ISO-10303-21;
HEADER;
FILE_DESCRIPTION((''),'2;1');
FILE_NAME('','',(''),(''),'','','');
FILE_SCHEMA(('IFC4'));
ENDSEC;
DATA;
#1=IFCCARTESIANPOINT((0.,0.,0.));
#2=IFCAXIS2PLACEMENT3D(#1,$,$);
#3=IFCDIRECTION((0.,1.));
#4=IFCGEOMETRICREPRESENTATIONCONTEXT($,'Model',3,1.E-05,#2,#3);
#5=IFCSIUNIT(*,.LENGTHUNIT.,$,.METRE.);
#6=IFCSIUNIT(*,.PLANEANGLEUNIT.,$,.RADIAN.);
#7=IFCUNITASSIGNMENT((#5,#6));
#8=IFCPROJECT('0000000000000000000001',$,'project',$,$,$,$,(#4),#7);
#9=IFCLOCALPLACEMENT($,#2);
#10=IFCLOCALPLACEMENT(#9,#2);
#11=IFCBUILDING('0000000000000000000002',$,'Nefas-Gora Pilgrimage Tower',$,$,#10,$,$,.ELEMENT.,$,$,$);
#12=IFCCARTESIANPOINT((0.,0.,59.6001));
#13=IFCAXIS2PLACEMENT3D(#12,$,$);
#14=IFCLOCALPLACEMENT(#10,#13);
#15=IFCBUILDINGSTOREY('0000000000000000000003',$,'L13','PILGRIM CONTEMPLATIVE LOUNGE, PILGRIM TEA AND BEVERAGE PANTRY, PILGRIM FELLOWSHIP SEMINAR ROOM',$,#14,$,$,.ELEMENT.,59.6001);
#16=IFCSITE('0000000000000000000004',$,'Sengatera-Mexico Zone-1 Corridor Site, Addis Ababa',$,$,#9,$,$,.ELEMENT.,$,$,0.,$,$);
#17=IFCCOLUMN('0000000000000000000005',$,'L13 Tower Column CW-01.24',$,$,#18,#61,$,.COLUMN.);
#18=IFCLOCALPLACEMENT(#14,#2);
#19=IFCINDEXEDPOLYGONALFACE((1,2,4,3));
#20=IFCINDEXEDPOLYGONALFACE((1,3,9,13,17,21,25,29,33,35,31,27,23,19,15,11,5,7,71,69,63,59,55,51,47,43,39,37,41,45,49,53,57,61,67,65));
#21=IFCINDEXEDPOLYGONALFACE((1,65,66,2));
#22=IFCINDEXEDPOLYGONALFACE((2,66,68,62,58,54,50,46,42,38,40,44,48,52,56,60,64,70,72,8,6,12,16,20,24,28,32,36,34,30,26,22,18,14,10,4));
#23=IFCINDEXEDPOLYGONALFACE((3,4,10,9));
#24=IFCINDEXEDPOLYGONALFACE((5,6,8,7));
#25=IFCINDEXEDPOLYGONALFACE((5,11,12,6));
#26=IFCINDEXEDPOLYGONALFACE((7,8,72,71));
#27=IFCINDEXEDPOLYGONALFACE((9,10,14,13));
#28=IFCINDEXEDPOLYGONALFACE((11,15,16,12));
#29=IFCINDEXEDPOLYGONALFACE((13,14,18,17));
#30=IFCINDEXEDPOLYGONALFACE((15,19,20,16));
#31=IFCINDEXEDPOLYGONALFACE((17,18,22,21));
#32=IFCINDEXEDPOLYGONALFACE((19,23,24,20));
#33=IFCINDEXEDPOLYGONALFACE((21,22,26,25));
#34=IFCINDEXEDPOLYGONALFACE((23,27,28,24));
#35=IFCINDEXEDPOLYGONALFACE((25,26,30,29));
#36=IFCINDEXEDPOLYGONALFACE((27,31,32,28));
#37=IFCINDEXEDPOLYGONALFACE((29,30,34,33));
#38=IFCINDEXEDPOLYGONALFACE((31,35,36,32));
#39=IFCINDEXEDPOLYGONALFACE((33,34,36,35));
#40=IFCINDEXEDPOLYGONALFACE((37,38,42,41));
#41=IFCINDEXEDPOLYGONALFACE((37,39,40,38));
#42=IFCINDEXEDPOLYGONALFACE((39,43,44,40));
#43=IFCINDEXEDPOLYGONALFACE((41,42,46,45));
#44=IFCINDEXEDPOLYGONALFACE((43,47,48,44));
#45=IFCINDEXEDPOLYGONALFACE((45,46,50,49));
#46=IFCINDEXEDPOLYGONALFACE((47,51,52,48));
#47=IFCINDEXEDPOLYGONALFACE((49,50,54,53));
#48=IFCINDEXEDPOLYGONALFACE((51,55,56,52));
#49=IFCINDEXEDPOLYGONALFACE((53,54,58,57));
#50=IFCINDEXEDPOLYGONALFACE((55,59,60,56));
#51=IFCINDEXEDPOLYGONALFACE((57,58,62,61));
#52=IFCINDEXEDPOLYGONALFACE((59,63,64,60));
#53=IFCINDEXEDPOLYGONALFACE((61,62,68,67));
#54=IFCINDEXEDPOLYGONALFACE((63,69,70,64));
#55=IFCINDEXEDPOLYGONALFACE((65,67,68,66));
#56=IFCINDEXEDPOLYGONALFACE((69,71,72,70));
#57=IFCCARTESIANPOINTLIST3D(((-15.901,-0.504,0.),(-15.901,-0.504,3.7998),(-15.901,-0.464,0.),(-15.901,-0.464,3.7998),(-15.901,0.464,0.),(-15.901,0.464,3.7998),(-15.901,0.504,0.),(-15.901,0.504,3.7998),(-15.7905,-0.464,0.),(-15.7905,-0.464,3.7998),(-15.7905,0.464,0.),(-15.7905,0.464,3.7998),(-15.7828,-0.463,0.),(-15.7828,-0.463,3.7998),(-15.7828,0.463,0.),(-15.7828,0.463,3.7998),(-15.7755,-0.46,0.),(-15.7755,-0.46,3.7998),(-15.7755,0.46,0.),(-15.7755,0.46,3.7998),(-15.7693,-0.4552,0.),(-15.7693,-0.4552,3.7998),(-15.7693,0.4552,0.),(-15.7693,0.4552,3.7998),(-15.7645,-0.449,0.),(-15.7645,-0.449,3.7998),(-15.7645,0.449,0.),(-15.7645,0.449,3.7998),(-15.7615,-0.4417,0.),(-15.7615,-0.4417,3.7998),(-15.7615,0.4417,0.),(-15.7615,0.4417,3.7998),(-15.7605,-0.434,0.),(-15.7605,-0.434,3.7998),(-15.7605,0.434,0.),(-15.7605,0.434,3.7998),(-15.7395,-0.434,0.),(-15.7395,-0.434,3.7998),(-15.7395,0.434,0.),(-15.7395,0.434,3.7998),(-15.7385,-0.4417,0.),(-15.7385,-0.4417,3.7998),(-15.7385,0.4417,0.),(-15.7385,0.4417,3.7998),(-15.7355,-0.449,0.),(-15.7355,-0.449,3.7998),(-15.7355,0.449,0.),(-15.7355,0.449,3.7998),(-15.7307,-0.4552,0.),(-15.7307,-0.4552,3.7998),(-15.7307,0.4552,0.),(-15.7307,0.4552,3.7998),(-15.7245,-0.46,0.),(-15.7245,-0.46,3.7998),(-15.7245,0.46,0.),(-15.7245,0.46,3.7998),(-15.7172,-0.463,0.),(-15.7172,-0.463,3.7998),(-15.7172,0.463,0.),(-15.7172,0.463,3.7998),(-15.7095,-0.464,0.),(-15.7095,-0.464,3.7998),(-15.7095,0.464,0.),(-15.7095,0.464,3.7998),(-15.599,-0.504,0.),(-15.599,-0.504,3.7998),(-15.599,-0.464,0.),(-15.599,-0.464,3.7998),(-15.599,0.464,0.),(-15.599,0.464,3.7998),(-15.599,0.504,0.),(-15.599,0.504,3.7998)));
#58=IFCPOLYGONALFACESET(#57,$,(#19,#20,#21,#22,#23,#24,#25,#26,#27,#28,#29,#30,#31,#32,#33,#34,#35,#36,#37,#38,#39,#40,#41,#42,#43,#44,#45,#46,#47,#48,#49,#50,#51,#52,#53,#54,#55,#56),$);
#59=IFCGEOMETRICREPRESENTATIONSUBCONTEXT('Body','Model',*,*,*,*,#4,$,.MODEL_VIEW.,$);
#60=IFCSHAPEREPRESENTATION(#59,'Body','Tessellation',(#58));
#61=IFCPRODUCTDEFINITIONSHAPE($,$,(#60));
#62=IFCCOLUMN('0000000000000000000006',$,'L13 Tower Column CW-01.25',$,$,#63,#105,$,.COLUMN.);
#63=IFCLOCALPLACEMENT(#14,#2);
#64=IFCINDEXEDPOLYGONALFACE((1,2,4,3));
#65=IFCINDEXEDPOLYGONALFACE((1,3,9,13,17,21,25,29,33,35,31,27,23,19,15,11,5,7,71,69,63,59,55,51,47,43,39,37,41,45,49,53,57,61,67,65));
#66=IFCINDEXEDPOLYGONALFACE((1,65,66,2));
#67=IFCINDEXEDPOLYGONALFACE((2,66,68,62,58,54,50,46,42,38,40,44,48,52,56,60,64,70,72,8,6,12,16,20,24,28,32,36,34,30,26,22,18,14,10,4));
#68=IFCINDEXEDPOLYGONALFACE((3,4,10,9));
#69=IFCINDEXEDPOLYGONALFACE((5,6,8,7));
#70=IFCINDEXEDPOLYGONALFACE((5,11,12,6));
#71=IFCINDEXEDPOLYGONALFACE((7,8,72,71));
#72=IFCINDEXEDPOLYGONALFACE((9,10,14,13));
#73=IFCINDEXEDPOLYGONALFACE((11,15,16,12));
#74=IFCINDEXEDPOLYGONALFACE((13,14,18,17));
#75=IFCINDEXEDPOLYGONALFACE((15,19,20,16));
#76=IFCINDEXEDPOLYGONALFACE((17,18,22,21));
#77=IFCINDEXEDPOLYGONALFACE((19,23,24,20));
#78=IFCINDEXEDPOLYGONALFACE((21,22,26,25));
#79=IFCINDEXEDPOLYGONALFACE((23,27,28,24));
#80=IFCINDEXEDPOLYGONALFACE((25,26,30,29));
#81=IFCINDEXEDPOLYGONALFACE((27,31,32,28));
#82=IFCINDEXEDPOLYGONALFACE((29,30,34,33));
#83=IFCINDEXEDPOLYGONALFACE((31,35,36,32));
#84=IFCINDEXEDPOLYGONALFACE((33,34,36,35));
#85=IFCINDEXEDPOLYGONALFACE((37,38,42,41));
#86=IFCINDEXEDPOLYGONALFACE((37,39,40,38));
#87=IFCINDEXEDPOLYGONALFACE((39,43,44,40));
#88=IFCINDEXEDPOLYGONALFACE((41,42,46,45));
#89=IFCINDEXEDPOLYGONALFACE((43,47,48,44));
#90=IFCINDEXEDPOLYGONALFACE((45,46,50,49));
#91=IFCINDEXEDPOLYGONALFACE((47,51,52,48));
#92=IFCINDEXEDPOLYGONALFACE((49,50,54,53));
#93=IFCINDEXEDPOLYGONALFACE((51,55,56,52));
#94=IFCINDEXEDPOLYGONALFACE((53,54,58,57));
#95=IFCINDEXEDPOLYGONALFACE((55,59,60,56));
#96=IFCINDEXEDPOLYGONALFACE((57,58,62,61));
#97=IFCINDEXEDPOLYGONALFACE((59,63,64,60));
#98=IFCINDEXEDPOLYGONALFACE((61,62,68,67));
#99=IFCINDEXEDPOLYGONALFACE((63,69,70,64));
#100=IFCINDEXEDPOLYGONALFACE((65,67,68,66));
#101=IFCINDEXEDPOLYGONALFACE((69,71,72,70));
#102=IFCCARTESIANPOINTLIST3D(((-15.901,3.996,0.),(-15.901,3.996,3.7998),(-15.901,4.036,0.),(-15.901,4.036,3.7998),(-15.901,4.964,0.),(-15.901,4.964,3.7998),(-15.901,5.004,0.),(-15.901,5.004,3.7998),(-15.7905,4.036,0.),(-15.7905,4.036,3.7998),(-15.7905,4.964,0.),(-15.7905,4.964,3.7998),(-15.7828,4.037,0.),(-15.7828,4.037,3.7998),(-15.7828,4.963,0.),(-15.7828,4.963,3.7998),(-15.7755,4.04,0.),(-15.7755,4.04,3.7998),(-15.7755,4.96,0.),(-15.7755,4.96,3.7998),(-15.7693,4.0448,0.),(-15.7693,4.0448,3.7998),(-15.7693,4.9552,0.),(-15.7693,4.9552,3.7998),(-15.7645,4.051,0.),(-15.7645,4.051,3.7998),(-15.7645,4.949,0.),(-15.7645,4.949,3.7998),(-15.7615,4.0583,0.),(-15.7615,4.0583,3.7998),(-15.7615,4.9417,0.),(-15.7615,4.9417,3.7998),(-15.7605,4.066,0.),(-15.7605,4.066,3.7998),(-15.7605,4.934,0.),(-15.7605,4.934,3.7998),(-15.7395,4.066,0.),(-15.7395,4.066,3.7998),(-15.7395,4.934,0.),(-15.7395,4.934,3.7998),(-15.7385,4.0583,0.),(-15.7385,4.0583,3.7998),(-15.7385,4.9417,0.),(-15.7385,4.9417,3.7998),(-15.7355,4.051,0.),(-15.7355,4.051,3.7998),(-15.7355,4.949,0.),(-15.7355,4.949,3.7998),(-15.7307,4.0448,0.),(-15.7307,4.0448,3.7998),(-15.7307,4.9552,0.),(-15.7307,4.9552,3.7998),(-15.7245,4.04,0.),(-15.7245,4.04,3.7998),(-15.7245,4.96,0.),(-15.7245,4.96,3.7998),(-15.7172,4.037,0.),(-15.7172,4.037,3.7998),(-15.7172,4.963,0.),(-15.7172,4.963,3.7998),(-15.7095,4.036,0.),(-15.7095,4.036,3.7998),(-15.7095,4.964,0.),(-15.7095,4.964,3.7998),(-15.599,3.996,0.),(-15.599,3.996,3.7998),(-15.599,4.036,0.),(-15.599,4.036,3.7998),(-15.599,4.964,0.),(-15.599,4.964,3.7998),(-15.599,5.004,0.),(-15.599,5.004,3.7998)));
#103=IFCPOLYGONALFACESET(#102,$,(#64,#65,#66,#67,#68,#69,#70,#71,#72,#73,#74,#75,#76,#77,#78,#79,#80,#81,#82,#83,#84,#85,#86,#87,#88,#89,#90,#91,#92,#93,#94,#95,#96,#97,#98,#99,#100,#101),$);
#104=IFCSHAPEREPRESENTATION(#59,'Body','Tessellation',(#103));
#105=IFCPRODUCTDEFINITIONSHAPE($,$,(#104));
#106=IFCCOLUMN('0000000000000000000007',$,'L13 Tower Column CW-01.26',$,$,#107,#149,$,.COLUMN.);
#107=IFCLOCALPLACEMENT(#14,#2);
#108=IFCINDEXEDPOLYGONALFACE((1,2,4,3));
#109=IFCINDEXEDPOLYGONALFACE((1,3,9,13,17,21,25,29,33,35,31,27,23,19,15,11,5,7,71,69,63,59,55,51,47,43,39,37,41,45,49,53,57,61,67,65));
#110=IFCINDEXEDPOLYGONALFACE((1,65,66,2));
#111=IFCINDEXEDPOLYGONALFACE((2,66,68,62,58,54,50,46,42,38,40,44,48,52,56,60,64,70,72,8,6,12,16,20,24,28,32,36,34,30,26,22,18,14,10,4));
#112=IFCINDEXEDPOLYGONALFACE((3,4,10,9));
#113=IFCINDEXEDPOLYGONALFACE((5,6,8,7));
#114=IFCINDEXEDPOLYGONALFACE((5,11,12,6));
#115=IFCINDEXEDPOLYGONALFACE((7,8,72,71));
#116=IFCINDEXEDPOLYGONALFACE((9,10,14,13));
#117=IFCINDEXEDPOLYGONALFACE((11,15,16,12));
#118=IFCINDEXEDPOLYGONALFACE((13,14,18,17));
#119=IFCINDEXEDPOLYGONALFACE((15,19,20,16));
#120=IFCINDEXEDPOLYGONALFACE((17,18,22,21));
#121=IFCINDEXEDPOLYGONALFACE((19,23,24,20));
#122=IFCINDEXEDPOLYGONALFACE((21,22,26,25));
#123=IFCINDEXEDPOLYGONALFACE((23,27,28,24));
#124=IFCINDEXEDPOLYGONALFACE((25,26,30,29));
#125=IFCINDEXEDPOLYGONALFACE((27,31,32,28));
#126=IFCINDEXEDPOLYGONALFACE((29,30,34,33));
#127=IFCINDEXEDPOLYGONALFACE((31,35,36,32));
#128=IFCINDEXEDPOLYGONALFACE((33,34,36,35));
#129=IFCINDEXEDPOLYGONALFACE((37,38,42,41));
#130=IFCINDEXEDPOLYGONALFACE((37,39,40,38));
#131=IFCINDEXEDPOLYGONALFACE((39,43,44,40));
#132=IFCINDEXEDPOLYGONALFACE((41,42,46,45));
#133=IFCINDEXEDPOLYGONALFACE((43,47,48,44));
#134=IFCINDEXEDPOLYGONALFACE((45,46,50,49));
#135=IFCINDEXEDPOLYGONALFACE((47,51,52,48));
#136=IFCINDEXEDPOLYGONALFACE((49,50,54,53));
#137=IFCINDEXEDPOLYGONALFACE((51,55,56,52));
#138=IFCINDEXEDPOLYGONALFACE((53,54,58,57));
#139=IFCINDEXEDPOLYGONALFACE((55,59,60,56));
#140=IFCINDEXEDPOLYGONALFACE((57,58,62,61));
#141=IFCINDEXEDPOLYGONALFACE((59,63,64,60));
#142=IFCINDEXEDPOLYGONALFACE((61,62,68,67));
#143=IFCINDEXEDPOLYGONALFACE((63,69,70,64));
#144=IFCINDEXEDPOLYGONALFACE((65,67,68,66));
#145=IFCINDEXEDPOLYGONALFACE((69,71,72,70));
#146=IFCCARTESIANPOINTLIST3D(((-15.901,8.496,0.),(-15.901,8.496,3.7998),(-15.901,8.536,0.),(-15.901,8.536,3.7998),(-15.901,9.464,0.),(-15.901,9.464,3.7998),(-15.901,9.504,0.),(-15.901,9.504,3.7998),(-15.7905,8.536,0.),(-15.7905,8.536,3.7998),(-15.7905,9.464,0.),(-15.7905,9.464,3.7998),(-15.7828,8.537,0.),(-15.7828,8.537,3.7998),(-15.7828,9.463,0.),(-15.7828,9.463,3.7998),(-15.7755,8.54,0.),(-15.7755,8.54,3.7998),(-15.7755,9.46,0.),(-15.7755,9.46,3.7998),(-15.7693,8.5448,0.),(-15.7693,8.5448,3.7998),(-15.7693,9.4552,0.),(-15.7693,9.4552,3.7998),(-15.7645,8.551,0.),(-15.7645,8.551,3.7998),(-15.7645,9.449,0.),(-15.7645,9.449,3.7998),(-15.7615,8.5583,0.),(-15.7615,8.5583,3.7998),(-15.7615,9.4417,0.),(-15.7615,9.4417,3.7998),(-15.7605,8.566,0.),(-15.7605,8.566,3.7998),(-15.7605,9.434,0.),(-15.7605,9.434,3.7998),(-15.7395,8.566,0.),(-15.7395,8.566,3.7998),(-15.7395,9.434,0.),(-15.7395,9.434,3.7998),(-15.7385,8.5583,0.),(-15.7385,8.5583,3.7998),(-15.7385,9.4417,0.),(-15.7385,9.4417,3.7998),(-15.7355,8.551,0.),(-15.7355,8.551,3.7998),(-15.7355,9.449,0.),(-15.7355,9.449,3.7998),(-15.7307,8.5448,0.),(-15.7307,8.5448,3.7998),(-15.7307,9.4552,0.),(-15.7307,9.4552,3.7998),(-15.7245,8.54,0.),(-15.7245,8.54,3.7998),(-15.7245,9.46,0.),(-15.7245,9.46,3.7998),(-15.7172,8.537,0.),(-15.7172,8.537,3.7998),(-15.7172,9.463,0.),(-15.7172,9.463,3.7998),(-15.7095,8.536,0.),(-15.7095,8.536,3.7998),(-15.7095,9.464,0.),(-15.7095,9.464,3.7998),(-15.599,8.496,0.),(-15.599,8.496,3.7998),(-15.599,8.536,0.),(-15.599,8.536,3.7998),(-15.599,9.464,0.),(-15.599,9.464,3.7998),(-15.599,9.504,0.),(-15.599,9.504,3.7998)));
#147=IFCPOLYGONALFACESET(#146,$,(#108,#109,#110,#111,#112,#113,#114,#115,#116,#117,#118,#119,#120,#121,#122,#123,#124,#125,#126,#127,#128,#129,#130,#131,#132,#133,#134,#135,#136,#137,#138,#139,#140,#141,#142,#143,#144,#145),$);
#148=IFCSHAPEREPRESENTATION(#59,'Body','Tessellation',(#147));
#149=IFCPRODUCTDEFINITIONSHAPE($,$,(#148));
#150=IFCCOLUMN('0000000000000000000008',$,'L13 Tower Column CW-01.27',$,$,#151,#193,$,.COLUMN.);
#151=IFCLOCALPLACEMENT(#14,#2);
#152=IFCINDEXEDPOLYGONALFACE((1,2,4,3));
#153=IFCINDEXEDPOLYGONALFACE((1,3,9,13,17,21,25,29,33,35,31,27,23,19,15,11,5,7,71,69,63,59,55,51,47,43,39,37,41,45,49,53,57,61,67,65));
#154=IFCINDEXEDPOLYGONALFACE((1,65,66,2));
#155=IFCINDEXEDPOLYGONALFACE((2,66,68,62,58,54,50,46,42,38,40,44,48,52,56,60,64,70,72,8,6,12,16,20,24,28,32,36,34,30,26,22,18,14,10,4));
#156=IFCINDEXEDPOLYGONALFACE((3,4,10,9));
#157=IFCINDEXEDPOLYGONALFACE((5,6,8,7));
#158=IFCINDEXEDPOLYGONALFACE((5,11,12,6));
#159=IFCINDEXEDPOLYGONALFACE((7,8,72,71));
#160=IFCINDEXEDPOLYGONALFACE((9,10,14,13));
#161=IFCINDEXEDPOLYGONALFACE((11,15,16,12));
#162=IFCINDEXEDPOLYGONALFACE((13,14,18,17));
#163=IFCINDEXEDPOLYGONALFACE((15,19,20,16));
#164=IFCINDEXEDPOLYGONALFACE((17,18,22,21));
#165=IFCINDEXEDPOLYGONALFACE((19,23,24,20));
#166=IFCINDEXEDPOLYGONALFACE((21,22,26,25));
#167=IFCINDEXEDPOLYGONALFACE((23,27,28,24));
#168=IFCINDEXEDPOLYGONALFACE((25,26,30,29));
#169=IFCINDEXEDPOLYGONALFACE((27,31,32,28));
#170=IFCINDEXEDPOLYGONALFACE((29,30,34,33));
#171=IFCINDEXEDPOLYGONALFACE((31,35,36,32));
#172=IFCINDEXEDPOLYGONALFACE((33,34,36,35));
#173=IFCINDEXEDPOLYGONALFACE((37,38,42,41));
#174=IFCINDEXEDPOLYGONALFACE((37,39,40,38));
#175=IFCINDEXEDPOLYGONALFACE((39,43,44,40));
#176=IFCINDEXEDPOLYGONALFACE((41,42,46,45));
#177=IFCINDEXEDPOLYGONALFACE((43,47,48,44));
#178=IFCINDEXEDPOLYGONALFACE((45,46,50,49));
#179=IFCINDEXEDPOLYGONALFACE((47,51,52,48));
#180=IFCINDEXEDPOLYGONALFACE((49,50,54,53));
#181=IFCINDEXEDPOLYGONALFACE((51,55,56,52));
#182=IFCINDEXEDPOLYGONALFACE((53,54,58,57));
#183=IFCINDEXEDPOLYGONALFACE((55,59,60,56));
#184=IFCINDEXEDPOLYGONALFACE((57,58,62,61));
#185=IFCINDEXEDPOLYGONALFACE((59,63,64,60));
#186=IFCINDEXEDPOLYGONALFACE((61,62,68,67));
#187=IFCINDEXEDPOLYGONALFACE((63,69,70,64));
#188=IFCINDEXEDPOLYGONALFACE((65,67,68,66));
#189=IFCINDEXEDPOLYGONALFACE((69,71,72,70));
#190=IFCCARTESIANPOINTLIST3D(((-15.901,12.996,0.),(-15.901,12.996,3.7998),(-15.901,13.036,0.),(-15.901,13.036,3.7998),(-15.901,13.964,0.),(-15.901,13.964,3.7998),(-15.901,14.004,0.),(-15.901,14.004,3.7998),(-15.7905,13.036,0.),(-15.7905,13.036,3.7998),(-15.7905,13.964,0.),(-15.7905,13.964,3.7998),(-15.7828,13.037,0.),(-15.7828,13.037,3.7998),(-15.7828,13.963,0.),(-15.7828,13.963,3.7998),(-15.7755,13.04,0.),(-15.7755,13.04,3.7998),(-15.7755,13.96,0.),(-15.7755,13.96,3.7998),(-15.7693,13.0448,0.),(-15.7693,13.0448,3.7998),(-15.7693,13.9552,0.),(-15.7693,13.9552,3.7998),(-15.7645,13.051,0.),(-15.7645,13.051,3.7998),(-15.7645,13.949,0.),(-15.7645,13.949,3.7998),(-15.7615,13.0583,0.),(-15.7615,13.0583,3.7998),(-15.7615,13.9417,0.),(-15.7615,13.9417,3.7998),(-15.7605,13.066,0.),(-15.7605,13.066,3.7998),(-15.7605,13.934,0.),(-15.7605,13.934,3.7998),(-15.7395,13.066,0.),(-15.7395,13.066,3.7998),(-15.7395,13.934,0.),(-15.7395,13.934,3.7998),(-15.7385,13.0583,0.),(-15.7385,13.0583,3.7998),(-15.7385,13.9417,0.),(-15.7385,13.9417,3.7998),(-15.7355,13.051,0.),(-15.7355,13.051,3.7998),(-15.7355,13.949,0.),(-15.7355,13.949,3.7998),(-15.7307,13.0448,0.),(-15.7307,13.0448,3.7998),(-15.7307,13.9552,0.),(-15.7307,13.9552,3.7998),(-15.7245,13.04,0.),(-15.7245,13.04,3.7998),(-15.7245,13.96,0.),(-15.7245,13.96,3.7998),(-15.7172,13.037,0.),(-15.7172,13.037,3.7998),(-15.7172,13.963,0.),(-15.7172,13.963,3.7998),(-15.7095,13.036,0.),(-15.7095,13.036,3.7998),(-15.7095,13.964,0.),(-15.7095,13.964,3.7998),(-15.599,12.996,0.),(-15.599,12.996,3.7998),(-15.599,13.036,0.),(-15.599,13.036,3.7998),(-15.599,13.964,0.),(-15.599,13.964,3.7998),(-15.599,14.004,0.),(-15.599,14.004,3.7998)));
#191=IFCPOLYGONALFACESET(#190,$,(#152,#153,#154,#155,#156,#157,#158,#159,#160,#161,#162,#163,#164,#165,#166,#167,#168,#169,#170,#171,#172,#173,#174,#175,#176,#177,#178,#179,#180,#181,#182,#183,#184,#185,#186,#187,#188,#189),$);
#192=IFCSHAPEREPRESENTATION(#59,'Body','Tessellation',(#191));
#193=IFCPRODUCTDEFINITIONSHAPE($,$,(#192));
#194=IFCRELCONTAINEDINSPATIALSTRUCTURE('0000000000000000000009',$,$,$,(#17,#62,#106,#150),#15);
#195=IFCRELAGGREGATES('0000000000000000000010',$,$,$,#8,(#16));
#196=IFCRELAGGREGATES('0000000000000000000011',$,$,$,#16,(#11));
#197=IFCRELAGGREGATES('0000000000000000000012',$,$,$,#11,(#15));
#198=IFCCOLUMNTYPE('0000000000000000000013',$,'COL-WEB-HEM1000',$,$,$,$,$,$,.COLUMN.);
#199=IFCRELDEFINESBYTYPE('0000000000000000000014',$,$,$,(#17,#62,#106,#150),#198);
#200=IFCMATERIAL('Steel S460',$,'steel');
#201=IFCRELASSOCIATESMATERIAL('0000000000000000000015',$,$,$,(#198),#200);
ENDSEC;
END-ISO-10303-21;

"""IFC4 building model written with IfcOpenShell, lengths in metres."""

from ifc_helpers import new_model, si_unit, direction, frame, origin, origin_2d, place, context, subcontext, project, spatial, i_section, extrude, source, transform, mapped, material, material_profile, profile_set, type_object, element, save


model = new_model("IFC4")

# Units and contexts
model_context = context("Model", 3, precision=1e-05, world=origin(), true_north=direction((0.0, 1.0)))
body_context = subcontext(model_context, "Body", "Model", "MODEL_VIEW")
ifc_project = project(units=[si_unit("LENGTHUNIT", "METRE"), si_unit("PLANEANGLEUNIT", "RADIAN")], contexts=[model_context])

# Site, building, storey
site_placement = place(None, origin())
site = spatial("IfcSite", under=ifc_project, at=site_placement, Name="Sengatera-Mexico Zone-1 Corridor Site, Addis Ababa", CompositionType="ELEMENT", RefElevation=0.0)
building_placement = place(site_placement, origin())
building = spatial("IfcBuilding", under=site, at=building_placement, Name="Nefas-Gora Pilgrimage Tower", CompositionType="ELEMENT")
storey_placement = place(building_placement, frame((0.0, 0.0, 59.6001)))
storey = spatial("IfcBuildingStorey", under=building, at=storey_placement, Name="L13", Description="PILGRIM CONTEMPLATIVE LOUNGE, PILGRIM TEA AND BEVERAGE PANTRY, PILGRIM FELLOWSHIP SEMINAR ROOM", CompositionType="ELEMENT", Elevation=59.6001)

# Columns
ifc_material_1 = material(Name="Steel S460", Category="steel")
ifc_material_profile_1 = material_profile(ifc_material_1, i_section(OverallWidth=0.302, OverallDepth=1.0081, WebThickness=0.021, FlangeThickness=0.04, FilletRadius=0.03, at=origin_2d()), Name="HEM 1000")
ifc_profile_set_1 = profile_set([ifc_material_profile_1], Name="Steel S460")
column_type_1 = type_object("IfcColumnType", Name="COL-WEB-HEM1000", PredefinedType="COLUMN", material=ifc_profile_set_1)
shared_shape_1 = source(origin(), body_context, "Body", "SweptSolid", [
    extrude(i_section(OverallWidth=0.302, OverallDepth=1.0081, WebThickness=0.021, FlangeThickness=0.04, FilletRadius=0.03, at=origin_2d()), origin(), (0.0, 0.0, 1.0), 3.7998),
])
for number, where, z_axis, x_axis, name in (
    (1, (-15.75, 0.0, 0.0), (0.0, 0.0, 1.0), (1.0, 0.0, 0.0), "L13 Tower Column CW-01.24"),
    (2, (-15.75, 4.5, 0.0), (0.0, 0.0, 1.0), (1.0, 0.0, 0.0), "L13 Tower Column CW-01.25"),
    (3, (-15.75, 9.0, 0.0), (0.0, 0.0, 1.0), (1.0, 0.0, 0.0), "L13 Tower Column CW-01.26"),
    (4, (-15.75, 13.5, 0.0), (0.0, 0.0, 1.0), (1.0, 0.0, 0.0), "L13 Tower Column CW-01.27"),
):
    element("IfcColumn", number, at=place(storey_placement, frame(where, z_axis=z_axis, x_axis=x_axis)), inside=storey, type_object=column_type_1, Name=name, PredefinedType="COLUMN", context=body_context, shape_type="MappedRepresentation", body=[
        mapped(shared_shape_1, transform((0.0, 0.0, 0.0), x_axis=(1.0, 0.0, 0.0), y_axis=(0.0, 1.0, 0.0), z_axis=(0.0, 0.0, 1.0), scale=1.0)),
    ])

save(model, "model.ifc")
